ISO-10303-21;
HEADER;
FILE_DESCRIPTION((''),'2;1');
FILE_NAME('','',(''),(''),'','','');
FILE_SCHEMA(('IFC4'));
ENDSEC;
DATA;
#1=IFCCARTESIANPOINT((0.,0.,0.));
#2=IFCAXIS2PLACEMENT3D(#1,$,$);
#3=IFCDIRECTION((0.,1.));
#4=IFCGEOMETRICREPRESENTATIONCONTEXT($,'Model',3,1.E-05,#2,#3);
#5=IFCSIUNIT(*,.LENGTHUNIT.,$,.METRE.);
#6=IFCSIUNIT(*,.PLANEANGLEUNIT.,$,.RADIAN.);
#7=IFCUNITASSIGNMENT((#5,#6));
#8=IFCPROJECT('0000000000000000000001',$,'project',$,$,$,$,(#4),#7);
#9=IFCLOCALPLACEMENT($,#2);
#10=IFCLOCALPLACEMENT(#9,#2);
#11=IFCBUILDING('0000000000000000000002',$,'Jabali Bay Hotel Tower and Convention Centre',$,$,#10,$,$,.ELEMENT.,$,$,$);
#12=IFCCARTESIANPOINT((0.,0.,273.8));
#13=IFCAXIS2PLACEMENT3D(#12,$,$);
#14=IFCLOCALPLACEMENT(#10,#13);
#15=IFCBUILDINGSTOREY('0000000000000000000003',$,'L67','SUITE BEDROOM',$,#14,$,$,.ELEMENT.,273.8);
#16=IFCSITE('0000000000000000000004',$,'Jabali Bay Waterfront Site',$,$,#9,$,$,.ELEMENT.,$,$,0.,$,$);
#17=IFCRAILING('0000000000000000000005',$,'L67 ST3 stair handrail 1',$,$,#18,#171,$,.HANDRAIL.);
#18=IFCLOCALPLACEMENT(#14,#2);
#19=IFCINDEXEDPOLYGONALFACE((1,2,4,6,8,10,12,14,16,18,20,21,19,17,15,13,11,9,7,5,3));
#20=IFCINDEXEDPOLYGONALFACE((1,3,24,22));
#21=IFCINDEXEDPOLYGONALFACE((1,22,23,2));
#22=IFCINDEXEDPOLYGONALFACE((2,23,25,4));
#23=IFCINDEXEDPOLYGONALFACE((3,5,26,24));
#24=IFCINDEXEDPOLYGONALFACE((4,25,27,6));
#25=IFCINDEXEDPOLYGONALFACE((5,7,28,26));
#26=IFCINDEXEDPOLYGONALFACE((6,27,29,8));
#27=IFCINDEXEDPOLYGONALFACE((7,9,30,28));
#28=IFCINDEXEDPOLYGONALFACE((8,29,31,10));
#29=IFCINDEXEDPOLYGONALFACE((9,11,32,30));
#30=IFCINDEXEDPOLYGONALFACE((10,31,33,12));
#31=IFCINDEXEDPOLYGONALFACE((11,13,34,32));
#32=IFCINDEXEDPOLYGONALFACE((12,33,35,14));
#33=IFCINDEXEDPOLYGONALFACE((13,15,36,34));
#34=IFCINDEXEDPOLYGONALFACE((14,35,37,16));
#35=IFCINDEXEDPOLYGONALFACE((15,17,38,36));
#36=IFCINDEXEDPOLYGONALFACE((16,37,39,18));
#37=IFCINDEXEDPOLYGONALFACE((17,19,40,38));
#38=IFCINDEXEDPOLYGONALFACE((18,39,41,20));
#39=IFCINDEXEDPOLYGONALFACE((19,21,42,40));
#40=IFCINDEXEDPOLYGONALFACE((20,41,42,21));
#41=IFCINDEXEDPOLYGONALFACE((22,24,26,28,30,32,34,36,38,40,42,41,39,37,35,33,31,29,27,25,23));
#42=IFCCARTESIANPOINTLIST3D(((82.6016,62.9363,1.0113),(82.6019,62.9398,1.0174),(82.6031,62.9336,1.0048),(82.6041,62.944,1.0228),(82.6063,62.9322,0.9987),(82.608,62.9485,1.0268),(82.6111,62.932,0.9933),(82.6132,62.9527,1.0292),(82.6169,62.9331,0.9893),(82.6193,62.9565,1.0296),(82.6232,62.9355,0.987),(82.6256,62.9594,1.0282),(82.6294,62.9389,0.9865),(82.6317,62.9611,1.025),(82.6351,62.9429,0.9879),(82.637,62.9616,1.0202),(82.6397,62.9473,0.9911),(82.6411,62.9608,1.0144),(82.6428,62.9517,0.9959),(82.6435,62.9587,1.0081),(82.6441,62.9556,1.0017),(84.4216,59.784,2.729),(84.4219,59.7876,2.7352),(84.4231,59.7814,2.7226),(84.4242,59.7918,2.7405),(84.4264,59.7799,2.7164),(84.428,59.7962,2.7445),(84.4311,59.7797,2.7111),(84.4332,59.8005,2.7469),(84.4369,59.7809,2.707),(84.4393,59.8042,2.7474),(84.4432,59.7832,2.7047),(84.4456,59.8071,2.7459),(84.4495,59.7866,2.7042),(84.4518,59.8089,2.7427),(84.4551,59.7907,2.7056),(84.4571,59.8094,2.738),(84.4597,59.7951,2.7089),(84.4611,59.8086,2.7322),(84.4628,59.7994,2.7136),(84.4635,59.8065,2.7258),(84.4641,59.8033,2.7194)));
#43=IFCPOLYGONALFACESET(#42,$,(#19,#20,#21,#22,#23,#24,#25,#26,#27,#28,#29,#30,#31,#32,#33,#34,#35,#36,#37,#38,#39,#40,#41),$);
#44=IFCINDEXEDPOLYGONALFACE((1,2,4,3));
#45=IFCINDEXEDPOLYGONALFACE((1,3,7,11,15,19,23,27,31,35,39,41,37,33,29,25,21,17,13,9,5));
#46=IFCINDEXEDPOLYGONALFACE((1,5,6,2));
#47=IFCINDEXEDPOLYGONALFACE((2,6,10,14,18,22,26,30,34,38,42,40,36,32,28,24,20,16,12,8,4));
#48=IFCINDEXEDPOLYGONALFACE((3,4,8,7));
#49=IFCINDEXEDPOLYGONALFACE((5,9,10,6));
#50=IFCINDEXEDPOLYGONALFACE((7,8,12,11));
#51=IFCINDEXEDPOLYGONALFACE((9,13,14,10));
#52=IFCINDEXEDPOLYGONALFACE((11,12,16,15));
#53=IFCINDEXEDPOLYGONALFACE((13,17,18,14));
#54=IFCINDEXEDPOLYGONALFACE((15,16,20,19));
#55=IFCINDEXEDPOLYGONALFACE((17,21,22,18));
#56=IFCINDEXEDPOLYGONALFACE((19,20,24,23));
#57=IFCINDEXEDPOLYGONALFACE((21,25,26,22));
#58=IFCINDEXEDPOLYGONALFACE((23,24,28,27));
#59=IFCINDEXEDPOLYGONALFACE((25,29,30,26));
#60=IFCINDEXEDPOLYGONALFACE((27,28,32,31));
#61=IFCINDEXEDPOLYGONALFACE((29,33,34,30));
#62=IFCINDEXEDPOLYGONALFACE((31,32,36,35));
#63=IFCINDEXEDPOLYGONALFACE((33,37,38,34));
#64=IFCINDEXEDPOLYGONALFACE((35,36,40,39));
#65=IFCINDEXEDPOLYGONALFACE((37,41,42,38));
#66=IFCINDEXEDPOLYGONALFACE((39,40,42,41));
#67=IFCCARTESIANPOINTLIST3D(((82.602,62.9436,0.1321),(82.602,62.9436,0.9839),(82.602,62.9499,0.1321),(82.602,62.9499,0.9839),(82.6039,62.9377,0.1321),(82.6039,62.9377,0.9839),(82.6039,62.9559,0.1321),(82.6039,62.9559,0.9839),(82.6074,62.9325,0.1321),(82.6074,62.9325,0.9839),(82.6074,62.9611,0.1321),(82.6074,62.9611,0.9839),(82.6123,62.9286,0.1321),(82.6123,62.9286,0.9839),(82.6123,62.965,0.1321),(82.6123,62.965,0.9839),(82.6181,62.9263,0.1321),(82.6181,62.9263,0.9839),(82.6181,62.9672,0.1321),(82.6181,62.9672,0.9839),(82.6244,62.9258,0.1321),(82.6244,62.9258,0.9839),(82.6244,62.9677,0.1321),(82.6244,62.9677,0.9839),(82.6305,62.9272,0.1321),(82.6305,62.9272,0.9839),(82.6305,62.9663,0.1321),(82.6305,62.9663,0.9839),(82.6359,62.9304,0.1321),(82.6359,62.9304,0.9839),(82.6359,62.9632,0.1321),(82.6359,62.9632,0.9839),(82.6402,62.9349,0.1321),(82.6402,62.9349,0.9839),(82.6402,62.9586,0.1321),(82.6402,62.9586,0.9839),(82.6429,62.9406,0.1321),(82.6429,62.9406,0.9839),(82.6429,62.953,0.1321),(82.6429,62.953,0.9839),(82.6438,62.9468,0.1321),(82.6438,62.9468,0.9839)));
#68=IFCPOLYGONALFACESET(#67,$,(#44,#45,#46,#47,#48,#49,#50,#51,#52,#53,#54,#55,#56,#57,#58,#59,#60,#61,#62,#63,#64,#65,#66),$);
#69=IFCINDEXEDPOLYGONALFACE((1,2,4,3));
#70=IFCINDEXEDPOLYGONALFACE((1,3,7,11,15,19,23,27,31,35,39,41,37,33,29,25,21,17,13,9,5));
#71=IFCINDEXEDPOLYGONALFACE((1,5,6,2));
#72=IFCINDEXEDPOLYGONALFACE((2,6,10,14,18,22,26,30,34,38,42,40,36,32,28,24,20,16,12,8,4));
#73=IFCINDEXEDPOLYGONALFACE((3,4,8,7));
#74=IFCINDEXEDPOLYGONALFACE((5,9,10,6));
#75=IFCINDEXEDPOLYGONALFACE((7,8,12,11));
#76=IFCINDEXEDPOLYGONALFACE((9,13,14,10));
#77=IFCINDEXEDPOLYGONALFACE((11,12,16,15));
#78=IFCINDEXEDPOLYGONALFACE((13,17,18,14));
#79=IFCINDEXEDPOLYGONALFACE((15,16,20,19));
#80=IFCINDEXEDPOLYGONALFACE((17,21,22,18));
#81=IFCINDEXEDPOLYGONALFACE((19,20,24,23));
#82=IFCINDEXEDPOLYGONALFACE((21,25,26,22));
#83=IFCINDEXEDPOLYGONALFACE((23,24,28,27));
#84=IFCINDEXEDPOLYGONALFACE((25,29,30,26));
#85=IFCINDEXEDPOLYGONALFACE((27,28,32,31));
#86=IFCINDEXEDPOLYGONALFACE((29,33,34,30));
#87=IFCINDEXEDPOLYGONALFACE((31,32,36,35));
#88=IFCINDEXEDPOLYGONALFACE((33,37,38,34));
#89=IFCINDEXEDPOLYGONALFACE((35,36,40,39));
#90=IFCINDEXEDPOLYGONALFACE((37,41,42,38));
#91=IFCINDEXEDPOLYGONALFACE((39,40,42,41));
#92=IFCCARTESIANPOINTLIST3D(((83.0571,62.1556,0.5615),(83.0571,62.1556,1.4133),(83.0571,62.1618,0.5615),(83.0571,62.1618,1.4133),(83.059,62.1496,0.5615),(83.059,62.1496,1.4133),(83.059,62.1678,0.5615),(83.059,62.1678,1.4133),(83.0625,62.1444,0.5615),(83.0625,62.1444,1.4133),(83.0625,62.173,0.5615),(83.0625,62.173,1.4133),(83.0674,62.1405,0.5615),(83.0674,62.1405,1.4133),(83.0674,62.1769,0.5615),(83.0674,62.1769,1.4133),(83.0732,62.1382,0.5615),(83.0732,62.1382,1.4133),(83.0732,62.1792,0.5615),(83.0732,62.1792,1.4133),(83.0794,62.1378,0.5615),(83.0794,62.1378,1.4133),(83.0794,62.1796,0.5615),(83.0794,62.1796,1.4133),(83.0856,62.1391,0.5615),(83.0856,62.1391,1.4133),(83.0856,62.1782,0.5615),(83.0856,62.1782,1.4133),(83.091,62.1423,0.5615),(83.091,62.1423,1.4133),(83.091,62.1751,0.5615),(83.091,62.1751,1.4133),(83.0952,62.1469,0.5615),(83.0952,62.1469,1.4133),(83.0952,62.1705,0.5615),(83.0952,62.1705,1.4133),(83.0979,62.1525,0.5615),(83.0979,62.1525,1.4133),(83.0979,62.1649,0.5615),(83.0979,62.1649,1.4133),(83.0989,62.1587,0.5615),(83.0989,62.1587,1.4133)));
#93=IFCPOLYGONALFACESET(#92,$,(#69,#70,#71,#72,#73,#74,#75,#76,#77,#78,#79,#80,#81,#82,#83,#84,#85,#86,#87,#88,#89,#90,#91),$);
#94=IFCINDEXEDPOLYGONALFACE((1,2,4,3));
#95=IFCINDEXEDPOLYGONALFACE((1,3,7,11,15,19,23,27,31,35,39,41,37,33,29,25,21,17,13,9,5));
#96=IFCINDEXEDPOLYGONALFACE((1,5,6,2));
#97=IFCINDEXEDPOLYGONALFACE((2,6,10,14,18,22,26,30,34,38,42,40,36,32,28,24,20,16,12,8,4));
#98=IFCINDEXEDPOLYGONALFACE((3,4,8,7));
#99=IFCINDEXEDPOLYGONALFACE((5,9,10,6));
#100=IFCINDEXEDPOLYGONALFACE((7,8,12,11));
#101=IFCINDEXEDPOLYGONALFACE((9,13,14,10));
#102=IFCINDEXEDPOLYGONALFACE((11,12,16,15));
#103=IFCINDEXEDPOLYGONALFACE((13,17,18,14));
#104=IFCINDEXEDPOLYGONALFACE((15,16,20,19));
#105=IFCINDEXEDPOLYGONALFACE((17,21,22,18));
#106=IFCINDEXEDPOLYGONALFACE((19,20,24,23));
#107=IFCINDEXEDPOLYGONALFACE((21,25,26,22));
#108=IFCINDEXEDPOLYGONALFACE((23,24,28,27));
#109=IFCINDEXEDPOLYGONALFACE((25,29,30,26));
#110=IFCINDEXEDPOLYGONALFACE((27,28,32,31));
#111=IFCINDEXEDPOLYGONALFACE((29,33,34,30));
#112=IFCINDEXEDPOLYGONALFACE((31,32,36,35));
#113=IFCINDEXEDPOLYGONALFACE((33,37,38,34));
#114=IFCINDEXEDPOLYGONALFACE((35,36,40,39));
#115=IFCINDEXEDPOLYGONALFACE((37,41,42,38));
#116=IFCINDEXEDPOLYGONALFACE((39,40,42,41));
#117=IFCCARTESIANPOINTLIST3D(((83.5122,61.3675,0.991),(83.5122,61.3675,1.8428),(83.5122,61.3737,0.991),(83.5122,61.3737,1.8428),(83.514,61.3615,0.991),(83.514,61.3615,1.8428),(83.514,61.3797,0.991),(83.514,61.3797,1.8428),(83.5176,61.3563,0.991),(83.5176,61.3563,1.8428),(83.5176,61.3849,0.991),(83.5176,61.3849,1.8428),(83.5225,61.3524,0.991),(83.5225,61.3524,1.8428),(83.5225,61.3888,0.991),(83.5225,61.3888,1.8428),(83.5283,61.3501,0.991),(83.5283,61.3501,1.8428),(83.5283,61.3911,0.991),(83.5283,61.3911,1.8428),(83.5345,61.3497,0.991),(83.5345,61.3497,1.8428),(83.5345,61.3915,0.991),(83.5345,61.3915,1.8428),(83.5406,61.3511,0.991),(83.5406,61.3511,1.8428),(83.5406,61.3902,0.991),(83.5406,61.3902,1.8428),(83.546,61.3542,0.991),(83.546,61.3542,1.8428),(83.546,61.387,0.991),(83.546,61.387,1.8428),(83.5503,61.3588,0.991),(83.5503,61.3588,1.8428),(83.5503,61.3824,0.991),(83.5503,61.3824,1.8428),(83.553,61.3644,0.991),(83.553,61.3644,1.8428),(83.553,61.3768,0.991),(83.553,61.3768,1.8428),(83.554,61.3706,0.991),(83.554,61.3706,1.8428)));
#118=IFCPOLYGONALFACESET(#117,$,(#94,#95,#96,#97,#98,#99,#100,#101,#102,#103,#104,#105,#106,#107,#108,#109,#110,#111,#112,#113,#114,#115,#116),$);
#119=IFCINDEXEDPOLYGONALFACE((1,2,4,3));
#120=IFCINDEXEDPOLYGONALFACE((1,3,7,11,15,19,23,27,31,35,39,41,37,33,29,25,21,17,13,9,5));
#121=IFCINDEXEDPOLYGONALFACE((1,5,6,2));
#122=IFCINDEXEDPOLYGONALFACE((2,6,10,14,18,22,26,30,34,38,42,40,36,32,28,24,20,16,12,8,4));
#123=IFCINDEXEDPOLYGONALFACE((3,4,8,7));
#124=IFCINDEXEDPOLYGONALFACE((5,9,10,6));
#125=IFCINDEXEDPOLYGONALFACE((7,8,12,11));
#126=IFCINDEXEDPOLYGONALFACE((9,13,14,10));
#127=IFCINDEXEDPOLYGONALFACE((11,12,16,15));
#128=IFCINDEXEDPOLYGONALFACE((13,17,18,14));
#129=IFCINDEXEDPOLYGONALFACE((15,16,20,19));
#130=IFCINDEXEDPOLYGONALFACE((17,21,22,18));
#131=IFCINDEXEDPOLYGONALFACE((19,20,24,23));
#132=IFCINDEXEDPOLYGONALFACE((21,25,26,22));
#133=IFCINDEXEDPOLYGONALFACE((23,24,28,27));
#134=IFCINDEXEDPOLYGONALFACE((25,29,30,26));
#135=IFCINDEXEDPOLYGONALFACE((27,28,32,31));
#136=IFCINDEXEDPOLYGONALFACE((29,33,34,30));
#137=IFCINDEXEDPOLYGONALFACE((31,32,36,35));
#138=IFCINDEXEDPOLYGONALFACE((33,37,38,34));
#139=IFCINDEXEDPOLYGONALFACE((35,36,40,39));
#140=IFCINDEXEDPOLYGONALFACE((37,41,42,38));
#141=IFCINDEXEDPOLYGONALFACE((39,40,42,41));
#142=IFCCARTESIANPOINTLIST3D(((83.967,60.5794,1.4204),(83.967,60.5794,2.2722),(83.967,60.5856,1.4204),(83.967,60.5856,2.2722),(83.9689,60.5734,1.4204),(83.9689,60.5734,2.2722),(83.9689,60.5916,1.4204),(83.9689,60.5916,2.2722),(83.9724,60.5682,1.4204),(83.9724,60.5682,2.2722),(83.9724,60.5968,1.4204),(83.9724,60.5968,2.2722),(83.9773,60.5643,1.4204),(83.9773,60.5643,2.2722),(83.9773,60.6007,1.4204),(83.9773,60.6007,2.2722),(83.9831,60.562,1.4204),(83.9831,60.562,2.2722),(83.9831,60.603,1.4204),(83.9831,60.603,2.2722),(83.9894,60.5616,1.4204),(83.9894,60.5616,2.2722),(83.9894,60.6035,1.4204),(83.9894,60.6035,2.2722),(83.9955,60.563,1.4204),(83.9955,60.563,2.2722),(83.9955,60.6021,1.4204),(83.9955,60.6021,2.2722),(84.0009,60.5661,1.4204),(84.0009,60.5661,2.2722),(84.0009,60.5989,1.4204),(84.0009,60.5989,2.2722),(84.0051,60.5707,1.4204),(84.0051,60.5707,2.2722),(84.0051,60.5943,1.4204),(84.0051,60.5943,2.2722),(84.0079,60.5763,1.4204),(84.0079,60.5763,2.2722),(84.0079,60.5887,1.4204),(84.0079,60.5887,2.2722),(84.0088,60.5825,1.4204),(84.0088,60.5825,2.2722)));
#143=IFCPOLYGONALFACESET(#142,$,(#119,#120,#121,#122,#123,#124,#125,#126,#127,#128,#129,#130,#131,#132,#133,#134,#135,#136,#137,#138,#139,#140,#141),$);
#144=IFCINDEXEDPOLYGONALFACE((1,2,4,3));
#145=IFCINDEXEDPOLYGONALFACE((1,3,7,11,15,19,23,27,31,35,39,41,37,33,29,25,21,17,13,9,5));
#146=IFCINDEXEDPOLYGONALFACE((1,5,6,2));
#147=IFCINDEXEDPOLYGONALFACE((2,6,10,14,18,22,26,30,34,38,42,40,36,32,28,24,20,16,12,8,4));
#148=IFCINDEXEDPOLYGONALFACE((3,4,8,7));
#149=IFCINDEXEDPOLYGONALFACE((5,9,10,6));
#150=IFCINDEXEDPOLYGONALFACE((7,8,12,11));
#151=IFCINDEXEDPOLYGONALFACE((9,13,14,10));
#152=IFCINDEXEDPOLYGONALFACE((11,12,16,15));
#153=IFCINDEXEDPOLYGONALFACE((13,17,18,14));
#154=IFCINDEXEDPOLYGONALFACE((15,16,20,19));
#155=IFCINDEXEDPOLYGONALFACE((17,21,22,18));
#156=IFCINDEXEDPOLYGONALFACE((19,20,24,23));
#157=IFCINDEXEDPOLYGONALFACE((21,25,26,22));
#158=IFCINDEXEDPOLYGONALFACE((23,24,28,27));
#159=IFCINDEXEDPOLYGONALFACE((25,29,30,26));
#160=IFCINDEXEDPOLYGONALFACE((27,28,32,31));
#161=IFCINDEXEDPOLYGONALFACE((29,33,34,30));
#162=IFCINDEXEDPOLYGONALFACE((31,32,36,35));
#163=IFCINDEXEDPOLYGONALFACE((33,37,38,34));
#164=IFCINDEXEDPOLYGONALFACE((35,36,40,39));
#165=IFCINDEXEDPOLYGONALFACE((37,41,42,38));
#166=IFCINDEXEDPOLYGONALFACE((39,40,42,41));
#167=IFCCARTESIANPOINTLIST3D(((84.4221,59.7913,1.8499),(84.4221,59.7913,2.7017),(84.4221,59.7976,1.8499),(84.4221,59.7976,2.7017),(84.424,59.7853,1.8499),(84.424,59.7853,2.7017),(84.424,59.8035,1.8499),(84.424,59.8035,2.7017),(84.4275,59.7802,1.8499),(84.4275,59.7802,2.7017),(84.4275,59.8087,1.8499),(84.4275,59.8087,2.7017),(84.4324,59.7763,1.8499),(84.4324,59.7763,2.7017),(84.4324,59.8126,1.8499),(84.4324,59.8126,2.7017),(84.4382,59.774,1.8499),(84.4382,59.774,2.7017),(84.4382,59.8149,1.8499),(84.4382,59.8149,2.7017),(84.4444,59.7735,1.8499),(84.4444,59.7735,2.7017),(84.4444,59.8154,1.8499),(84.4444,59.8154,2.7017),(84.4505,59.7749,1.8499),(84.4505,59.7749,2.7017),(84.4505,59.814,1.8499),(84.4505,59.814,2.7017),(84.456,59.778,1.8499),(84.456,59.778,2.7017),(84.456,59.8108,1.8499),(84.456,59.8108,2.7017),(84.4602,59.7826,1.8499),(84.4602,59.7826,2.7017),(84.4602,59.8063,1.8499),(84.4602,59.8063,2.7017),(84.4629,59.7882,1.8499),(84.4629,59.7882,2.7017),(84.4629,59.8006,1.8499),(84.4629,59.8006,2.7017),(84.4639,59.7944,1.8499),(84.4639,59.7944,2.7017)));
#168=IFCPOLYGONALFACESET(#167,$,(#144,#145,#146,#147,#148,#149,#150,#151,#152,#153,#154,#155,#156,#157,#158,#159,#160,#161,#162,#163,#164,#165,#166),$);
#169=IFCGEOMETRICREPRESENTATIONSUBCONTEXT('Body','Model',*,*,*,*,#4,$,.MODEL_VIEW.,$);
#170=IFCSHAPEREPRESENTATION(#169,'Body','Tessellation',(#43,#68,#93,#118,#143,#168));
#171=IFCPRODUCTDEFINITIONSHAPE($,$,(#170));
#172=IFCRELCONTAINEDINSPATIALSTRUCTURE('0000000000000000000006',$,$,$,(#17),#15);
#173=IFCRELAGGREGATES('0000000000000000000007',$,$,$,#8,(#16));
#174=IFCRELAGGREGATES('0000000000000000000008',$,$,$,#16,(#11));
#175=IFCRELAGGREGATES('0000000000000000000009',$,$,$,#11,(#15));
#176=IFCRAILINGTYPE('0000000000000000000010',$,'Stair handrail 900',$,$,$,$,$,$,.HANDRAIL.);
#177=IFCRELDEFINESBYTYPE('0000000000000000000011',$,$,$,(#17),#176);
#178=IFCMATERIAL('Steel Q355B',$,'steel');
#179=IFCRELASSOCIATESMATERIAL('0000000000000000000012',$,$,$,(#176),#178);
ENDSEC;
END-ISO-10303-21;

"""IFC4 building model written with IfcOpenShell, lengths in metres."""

from ifc_helpers import new_model, si_unit, direction, frame, origin, origin_2d, place, context, subcontext, project, spatial, circle, extrude, material, type_object, element, save


model = new_model("IFC4")

# Units and contexts
model_context = context("Model", 3, precision=1e-05, world=origin(), true_north=direction((0.0, 1.0)))
body_context = subcontext(model_context, "Body", "Model", "MODEL_VIEW")
ifc_project = project(units=[si_unit("LENGTHUNIT", "METRE"), si_unit("PLANEANGLEUNIT", "RADIAN")], contexts=[model_context])

# Site, building, storey
site_placement = place(None, origin())
site = spatial("IfcSite", under=ifc_project, at=site_placement, Name="Jabali Bay Waterfront Site", CompositionType="ELEMENT", RefElevation=0.0)
building_placement = place(site_placement, origin())
building = spatial("IfcBuilding", under=site, at=building_placement, Name="Jabali Bay Hotel Tower and Convention Centre", CompositionType="ELEMENT")
storey_placement = place(building_placement, frame((0.0, 0.0, 273.8)))
storey = spatial("IfcBuildingStorey", under=building, at=storey_placement, Name="L67", Description="SUITE BEDROOM", CompositionType="ELEMENT", Elevation=273.8)

# Railing
ifc_material_1 = material(Name="Steel Q355B", Category="steel")
railing_type_1 = type_object("IfcRailingType", Name="Stair handrail 900", PredefinedType="HANDRAIL", material=ifc_material_1)
railing_1_placement = place(storey_placement, frame((82.6228, 62.9468, 0.1321)))
element("IfcRailing", 1, at=railing_1_placement, inside=storey, type_object=railing_type_1, Name="L67 ST3 stair handrail 1", PredefinedType="HANDRAIL", context=body_context, shape_type="SweptSolid", body=[
    extrude(circle(Radius=0.0239, at=origin_2d()), frame((0.0, 0.0, 0.876), z_axis=(0.45219, -0.78319, 0.426775), x_axis=(0.866018, 0.500013, 0.0)), (0.0, 0.0, 1.0), 4.0249),
    extrude(circle(Radius=0.021, at=origin_2d()), origin(), (0.0, 0.0, 1.0), 0.8518),
    extrude(circle(Radius=0.021, at=origin_2d()), frame((0.4551, -0.7881, 0.4294)), (0.0, 0.0, 1.0), 0.8518),
    extrude(circle(Radius=0.021, at=origin_2d()), frame((0.9102, -1.5762, 0.8589)), (0.0, 0.0, 1.0), 0.8518),
    extrude(circle(Radius=0.021, at=origin_2d()), frame((1.365, -2.3643, 1.2883)), (0.0, 0.0, 1.0), 0.8518),
    extrude(circle(Radius=0.021, at=origin_2d()), frame((1.8201, -3.1523, 1.7178)), (0.0, 0.0, 1.0), 0.8518),
])

save(model, "model.ifc")
